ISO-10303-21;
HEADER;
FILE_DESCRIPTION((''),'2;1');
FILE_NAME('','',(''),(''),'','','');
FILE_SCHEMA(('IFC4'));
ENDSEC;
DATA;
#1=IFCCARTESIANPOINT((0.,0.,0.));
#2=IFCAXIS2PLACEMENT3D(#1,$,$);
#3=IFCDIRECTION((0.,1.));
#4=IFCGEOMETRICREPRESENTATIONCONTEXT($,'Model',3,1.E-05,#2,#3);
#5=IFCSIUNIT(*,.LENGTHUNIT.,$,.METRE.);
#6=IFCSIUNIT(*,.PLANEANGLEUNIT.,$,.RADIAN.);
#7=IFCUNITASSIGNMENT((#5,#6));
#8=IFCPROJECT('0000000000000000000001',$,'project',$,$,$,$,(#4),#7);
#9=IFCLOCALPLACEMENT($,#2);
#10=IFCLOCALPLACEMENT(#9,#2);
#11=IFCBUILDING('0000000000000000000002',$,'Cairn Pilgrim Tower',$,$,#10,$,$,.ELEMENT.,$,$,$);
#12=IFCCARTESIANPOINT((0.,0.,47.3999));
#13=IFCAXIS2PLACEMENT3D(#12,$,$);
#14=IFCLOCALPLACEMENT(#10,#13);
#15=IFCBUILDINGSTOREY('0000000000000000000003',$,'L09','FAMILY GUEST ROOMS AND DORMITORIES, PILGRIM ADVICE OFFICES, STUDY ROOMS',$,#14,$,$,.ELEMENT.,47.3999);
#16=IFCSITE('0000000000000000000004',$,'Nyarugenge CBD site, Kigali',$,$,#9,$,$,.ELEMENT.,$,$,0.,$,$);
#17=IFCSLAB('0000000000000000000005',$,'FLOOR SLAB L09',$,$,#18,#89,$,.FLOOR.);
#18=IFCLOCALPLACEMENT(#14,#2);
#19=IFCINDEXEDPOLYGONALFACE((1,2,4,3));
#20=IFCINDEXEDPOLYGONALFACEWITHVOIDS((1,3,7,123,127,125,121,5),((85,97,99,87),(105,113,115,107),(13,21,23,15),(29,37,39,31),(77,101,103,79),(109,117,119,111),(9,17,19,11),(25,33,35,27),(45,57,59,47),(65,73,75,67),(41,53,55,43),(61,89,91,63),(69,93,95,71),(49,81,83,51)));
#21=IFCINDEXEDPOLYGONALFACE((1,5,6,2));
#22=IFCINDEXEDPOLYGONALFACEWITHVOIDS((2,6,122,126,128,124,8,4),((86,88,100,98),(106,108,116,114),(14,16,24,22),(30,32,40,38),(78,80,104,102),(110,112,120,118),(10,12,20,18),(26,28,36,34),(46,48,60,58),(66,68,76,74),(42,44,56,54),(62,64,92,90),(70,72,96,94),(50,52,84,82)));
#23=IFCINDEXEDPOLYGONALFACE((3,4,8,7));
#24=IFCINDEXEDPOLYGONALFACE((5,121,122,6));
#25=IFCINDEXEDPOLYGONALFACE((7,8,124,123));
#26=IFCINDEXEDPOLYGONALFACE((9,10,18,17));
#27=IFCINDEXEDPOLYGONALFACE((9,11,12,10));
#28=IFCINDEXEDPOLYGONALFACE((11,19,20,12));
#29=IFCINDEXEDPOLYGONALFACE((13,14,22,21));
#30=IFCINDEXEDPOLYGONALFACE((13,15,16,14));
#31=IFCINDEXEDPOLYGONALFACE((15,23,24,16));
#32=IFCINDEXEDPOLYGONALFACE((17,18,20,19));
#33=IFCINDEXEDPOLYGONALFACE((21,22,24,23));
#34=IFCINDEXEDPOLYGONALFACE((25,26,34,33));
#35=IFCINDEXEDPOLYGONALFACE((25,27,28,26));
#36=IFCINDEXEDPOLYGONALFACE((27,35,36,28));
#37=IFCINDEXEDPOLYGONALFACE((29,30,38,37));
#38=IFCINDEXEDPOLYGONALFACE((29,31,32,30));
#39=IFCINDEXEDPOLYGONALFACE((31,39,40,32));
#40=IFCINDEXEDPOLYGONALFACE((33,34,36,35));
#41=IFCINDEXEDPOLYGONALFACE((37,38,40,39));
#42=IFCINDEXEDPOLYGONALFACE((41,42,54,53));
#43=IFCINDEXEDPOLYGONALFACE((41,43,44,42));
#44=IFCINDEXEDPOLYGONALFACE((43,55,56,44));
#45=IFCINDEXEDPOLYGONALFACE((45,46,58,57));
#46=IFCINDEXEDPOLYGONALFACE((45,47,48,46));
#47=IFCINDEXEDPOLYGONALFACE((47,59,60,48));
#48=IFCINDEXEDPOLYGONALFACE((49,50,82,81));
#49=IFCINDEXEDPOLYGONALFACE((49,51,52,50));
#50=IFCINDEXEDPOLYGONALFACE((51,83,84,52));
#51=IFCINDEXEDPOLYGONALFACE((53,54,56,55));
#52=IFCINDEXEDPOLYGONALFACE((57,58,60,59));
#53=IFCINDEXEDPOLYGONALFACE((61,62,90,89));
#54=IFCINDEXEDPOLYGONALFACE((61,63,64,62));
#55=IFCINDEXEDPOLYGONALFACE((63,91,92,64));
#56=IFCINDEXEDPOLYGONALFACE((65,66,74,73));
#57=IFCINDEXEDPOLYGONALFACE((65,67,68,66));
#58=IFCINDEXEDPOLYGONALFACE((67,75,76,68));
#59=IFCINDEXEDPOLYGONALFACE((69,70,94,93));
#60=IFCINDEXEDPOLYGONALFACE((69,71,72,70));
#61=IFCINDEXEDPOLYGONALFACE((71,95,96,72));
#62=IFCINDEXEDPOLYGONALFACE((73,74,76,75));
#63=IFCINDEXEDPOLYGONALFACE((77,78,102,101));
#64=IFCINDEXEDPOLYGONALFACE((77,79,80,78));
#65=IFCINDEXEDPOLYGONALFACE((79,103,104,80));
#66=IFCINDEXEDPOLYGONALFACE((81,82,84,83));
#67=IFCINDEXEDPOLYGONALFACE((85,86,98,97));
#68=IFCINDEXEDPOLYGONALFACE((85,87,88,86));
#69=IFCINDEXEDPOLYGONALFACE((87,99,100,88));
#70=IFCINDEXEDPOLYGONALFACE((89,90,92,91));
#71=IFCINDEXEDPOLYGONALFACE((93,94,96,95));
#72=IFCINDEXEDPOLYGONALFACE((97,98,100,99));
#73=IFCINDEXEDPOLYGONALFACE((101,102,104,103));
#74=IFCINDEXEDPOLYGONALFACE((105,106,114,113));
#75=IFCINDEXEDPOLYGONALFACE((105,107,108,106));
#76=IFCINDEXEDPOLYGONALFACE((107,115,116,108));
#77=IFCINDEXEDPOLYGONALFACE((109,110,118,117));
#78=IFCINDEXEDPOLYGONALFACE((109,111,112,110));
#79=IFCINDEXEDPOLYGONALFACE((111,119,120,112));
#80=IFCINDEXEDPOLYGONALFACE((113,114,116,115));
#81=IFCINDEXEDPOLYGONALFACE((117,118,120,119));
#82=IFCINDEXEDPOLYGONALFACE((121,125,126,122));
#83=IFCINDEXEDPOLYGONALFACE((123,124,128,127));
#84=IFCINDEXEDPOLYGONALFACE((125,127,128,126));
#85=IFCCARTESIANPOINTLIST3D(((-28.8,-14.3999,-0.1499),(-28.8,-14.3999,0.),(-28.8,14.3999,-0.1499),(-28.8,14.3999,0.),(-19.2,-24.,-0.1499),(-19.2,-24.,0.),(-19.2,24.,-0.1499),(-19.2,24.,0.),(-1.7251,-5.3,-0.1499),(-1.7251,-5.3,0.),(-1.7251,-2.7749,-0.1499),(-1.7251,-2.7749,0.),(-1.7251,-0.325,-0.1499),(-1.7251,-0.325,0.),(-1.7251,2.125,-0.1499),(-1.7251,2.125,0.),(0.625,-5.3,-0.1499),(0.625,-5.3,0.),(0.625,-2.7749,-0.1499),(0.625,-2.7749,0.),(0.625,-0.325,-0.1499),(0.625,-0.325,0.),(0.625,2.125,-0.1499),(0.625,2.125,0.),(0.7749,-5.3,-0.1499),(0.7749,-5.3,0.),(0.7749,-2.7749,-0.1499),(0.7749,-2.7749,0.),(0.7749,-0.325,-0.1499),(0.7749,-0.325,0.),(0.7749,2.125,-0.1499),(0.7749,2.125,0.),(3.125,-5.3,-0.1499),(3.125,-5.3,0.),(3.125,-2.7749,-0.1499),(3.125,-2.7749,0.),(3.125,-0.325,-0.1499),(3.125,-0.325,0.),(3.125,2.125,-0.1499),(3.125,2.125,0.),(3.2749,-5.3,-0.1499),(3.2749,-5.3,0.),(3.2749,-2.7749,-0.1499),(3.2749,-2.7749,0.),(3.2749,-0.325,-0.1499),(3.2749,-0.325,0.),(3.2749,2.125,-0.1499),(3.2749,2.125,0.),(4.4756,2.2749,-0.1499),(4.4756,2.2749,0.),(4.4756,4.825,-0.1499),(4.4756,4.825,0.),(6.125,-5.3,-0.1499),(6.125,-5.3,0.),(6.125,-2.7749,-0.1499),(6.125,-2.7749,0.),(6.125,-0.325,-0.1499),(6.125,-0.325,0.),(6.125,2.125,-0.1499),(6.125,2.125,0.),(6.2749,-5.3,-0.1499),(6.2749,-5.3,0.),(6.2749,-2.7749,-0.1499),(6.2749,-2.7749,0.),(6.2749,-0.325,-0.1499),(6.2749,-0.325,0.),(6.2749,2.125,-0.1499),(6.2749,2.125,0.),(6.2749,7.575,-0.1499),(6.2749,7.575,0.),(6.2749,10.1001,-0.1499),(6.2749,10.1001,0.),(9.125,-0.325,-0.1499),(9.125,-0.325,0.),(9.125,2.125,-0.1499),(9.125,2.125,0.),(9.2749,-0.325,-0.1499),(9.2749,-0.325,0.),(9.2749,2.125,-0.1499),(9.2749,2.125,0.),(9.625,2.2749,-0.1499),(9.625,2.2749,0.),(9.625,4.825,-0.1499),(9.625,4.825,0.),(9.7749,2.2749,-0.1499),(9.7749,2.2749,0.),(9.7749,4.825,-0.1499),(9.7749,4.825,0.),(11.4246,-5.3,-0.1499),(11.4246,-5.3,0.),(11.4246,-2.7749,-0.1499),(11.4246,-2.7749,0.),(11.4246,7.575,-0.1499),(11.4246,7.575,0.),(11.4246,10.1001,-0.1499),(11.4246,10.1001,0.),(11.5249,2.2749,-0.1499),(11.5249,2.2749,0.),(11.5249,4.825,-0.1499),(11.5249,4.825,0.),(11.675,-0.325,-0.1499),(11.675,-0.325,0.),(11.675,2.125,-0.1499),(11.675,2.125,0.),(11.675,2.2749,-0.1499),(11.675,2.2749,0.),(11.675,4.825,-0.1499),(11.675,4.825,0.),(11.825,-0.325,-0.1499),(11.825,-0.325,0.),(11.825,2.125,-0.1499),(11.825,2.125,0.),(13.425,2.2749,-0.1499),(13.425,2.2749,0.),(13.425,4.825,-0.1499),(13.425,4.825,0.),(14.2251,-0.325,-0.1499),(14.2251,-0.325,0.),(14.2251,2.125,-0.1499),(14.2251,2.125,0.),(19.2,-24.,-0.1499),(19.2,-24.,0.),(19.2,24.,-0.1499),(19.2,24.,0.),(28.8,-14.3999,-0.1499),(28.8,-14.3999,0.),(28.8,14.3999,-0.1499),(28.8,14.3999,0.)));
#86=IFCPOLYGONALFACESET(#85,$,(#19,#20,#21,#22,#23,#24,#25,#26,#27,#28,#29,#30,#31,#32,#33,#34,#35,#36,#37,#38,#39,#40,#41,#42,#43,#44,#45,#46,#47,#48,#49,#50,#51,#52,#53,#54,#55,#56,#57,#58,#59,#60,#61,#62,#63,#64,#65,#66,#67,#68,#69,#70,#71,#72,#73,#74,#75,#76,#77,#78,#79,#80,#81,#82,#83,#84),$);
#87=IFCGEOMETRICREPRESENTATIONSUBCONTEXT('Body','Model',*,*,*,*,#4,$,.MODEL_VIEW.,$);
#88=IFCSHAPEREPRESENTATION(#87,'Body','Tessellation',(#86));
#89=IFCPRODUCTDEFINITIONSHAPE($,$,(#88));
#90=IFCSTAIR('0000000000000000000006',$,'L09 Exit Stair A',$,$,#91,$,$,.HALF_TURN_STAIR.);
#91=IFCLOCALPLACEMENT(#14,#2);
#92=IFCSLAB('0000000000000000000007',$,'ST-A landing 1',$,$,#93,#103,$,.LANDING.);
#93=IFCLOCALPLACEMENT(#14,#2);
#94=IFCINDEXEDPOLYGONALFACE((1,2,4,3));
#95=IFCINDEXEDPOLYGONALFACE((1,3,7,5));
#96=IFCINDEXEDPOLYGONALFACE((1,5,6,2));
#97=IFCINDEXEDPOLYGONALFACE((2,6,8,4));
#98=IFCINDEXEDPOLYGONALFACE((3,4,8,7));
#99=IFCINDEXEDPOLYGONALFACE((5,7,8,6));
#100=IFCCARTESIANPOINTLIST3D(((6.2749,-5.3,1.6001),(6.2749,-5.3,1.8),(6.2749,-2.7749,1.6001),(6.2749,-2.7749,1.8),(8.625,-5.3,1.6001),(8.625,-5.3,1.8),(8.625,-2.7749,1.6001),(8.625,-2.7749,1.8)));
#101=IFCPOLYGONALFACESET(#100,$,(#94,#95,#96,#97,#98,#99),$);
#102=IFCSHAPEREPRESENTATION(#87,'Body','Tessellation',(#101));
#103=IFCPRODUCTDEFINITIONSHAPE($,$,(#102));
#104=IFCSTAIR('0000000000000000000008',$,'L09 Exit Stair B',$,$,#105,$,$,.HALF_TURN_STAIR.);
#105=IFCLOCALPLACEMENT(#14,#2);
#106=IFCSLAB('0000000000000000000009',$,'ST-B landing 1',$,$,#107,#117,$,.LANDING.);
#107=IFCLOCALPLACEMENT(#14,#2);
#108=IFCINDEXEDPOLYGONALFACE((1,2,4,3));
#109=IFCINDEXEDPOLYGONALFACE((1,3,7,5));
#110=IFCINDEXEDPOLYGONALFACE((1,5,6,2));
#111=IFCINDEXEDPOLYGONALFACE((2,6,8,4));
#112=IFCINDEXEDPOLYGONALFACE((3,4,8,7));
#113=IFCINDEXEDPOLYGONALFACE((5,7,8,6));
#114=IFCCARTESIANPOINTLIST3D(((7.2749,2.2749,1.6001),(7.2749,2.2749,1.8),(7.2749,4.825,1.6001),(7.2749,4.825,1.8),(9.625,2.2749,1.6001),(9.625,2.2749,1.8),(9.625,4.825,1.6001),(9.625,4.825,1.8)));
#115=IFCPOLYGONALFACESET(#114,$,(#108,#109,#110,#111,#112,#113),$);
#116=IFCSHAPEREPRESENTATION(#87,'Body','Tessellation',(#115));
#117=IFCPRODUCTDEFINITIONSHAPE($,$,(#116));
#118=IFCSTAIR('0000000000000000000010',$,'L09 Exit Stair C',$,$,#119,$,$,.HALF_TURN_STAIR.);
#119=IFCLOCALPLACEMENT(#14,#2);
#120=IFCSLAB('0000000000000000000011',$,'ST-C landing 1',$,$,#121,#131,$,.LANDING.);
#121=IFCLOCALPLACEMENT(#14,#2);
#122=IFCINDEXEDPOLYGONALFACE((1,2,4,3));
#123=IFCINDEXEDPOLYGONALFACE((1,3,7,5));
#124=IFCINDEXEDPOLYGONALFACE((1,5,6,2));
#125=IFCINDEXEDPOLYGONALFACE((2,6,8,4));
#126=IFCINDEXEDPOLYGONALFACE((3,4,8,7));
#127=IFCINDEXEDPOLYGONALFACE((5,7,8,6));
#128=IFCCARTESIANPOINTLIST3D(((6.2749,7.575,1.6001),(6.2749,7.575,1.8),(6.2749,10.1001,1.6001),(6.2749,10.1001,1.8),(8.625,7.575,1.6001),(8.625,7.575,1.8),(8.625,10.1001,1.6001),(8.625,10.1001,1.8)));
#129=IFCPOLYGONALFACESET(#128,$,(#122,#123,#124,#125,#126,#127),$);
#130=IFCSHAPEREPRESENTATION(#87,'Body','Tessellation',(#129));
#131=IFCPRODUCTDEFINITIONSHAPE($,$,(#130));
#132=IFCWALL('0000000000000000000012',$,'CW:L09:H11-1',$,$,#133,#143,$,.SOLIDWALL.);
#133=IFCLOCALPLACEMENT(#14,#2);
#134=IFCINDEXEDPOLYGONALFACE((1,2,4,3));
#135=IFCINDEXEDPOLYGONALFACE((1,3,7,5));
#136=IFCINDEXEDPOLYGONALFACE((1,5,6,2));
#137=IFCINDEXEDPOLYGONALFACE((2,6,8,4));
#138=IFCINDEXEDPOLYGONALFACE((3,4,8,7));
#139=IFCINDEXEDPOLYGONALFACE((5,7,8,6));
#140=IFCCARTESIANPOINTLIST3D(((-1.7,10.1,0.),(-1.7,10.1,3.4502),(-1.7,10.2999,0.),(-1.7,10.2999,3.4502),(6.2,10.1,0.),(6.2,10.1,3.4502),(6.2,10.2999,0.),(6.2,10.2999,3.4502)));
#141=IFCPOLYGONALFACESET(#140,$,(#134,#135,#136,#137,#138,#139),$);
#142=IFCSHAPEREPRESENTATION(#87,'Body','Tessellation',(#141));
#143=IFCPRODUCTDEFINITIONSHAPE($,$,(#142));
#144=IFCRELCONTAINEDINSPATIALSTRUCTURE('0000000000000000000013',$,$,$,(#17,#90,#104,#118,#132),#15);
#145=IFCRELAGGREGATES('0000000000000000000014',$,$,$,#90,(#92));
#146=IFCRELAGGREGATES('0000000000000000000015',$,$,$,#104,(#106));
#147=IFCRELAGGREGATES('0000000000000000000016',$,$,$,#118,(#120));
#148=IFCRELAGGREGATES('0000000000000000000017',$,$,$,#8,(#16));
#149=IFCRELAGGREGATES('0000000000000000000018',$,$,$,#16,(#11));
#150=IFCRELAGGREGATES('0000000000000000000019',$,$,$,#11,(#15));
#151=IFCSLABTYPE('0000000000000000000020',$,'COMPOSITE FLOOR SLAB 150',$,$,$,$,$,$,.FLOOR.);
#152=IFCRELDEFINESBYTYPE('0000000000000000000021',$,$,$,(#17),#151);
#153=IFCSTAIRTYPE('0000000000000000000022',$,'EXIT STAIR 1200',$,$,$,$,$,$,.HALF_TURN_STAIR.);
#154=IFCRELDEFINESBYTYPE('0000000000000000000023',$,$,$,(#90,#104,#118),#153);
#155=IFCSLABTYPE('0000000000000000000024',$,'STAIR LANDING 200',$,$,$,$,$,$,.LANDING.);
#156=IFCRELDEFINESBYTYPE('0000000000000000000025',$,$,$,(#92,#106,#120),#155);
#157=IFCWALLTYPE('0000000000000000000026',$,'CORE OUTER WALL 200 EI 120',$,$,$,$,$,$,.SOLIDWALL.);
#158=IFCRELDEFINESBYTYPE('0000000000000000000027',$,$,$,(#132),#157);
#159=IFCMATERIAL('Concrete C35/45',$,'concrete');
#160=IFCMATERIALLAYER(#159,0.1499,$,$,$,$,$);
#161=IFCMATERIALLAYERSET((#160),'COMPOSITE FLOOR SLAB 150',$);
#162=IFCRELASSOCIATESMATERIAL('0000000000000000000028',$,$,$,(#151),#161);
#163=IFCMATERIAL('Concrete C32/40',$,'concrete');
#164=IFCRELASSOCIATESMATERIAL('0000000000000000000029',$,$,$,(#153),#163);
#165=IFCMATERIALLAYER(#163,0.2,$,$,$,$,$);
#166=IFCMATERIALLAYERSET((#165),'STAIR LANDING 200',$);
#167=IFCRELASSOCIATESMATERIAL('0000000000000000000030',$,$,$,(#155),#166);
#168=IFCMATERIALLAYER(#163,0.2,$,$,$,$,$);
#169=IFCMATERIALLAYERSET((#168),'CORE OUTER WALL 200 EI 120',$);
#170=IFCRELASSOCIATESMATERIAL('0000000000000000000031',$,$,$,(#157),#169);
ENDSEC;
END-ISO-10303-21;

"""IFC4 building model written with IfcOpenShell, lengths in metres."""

from ifc_helpers import new_model, si_unit, direction, frame, frame_2d, origin, place, context, subcontext, project, spatial, polyline, rectangle, outline, extrude, material, layer, layer_set, type_object, element, aggregate, save


model = new_model("IFC4")

# Units and contexts
model_context = context("Model", 3, precision=1e-05, world=origin(), true_north=direction((0.0, 1.0)))
body_context = subcontext(model_context, "Body", "Model", "MODEL_VIEW")
ifc_project = project(units=[si_unit("LENGTHUNIT", "METRE"), si_unit("PLANEANGLEUNIT", "RADIAN")], contexts=[model_context])

# Site, building, storey
site_placement = place(None, origin())
site = spatial("IfcSite", under=ifc_project, at=site_placement, Name="Nyarugenge CBD site, Kigali", CompositionType="ELEMENT", RefElevation=0.0)
building_placement = place(site_placement, origin())
building = spatial("IfcBuilding", under=site, at=building_placement, Name="Cairn Pilgrim Tower", CompositionType="ELEMENT")
storey_placement = place(building_placement, frame((0.0, 0.0, 47.3999)))
storey = spatial("IfcBuildingStorey", under=building, at=storey_placement, Name="L09", Description="FAMILY GUEST ROOMS AND DORMITORIES, PILGRIM ADVICE OFFICES, STUDY ROOMS", CompositionType="ELEMENT", Elevation=47.3999)

# Slab
ifc_material_1 = material(Name="Concrete C35/45", Category="concrete")
ifc_layer_1 = layer(ifc_material_1, 0.1499)
ifc_layer_set_1 = layer_set([ifc_layer_1], Name="COMPOSITE FLOOR SLAB 150")
slab_type_1 = type_object("IfcSlabType", Name="COMPOSITE FLOOR SLAB 150", PredefinedType="FLOOR", material=ifc_layer_set_1)
slab_1_placement = place(storey_placement, frame((0.0, 0.0, -0.1499)))
element("IfcSlab", 1, at=slab_1_placement, inside=storey, type_object=slab_type_1, Name="FLOOR SLAB L09", PredefinedType="FLOOR", context=body_context, shape_type="SweptSolid", body=[
    extrude(outline(polyline([(-19.2, -24.0), (19.2, -24.0), (28.8, -14.3999), (28.8, 14.3999), (19.2, 24.0), (-19.2, 24.0), (-28.8, 14.3999), (-28.8, -14.3999), (-19.2, -24.0)]), holes=[polyline([(-1.7251, -5.3), (0.625, -5.3), (0.625, -2.7749), (-1.7251, -2.7749), (-1.7251, -5.3)]), polyline([(0.7749, -5.3), (3.125, -5.3), (3.125, -2.7749), (0.7749, -2.7749), (0.7749, -5.3)]), polyline([(-1.7251, -0.325), (0.625, -0.325), (0.625, 2.125), (-1.7251, 2.125), (-1.7251, -0.325)]), polyline([(0.7749, -0.325), (3.125, -0.325), (3.125, 2.125), (0.7749, 2.125), (0.7749, -0.325)]), polyline([(3.2749, -5.3), (6.125, -5.3), (6.125, -2.7749), (3.2749, -2.7749), (3.2749, -5.3)]), polyline([(3.2749, -0.325), (6.125, -0.325), (6.125, 2.125), (3.2749, 2.125), (3.2749, -0.325)]), polyline([(6.2749, -0.325), (9.125, -0.325), (9.125, 2.125), (6.2749, 2.125), (6.2749, -0.325)]), polyline([(9.2749, -0.325), (11.675, -0.325), (11.675, 2.125), (9.2749, 2.125), (9.2749, -0.325)]), polyline([(11.825, -0.325), (14.2251, -0.325), (14.2251, 2.125), (11.825, 2.125), (11.825, -0.325)]), polyline([(9.7749, 2.2749), (11.5249, 2.2749), (11.5249, 4.825), (9.7749, 4.825), (9.7749, 2.2749)]), polyline([(11.675, 2.2749), (13.425, 2.2749), (13.425, 4.825), (11.675, 4.825), (11.675, 2.2749)]), polyline([(11.4246, -2.7749), (6.2749, -2.7749), (6.2749, -5.3), (11.4246, -5.3), (11.4246, -2.7749)]), polyline([(4.4756, 2.2749), (9.625, 2.2749), (9.625, 4.825), (4.4756, 4.825), (4.4756, 2.2749)]), polyline([(11.4246, 10.1001), (6.2749, 10.1001), (6.2749, 7.575), (11.4246, 7.575), (11.4246, 10.1001)])]), origin(), (0.0, 0.0, 1.0), 0.1499),
])

# Stairs, slabs
ifc_material_2 = material(Name="Concrete C32/40", Category="concrete")
stair_type = type_object("IfcStairType", Name="EXIT STAIR 1200", PredefinedType="HALF_TURN_STAIR", material=ifc_material_2)
stair_1_placement = place(storey_placement, origin())
stair_1 = element("IfcStair", 2, at=stair_1_placement, inside=storey, type_object=stair_type, Name="L09 Exit Stair A", PredefinedType="HALF_TURN_STAIR")
ifc_layer_2 = layer(ifc_material_2, 0.2)
ifc_layer_set_2 = layer_set([ifc_layer_2], Name="STAIR LANDING 200")
slab_type_2 = type_object("IfcSlabType", Name="STAIR LANDING 200", PredefinedType="LANDING", material=ifc_layer_set_2)
slab_2_placement = place(storey_placement, frame((0.0, 0.0, 1.6001)))
slab_2 = element("IfcSlab", 3, at=slab_2_placement, type_object=slab_type_2, Name="ST-A landing 1", PredefinedType="LANDING", context=body_context, shape_type="SweptSolid", body=[
    extrude(outline(polyline([(8.625, -2.7749), (6.2749, -2.7749), (6.2749, -5.3), (8.625, -5.3), (8.625, -2.7749)])), origin(), (0.0, 0.0, 1.0), 0.2),
])
aggregate(stair_1, [slab_2])
stair_2_placement = place(storey_placement, origin())
stair_2 = element("IfcStair", 4, at=stair_2_placement, inside=storey, type_object=stair_type, Name="L09 Exit Stair B", PredefinedType="HALF_TURN_STAIR")
slab_3_placement = place(storey_placement, frame((0.0, 0.0, 1.6001)))
slab_3 = element("IfcSlab", 5, at=slab_3_placement, type_object=slab_type_2, Name="ST-B landing 1", PredefinedType="LANDING", context=body_context, shape_type="SweptSolid", body=[
    extrude(outline(polyline([(7.2749, 2.2749), (9.625, 2.2749), (9.625, 4.825), (7.2749, 4.825), (7.2749, 2.2749)])), origin(), (0.0, 0.0, 1.0), 0.2),
])
aggregate(stair_2, [slab_3])
stair_3_placement = place(storey_placement, origin())
stair_3 = element("IfcStair", 6, at=stair_3_placement, inside=storey, type_object=stair_type, Name="L09 Exit Stair C", PredefinedType="HALF_TURN_STAIR")
slab_4_placement = place(storey_placement, frame((0.0, 0.0, 1.6001)))
slab_4 = element("IfcSlab", 7, at=slab_4_placement, type_object=slab_type_2, Name="ST-C landing 1", PredefinedType="LANDING", context=body_context, shape_type="SweptSolid", body=[
    extrude(outline(polyline([(8.625, 10.1001), (6.2749, 10.1001), (6.2749, 7.575), (8.625, 7.575), (8.625, 10.1001)])), origin(), (0.0, 0.0, 1.0), 0.2),
])
aggregate(stair_3, [slab_4])

# Wall
ifc_layer_3 = layer(ifc_material_2, 0.2)
ifc_layer_set_3 = layer_set([ifc_layer_3], Name="CORE OUTER WALL 200 EI 120")
wall_type_1 = type_object("IfcWallType", Name="CORE OUTER WALL 200 EI 120", PredefinedType="SOLIDWALL", material=ifc_layer_set_3)
wall_1_placement = place(storey_placement, frame((-1.7, 10.2, 0.0), z_axis=(0.0, 0.0, 1.0), x_axis=(1.0, 0.0, 0.0)))
element("IfcWall", 8, at=wall_1_placement, inside=storey, type_object=wall_type_1, Name="CW:L09:H11-1", PredefinedType="SOLIDWALL", context=body_context, shape_type="SweptSolid", body=[
    extrude(rectangle(XDim=7.8999, YDim=0.2, at=frame_2d((3.95, 0.0))), origin(), (0.0, 0.0, 1.0), 3.4502),
])

save(model, "model.ifc")
